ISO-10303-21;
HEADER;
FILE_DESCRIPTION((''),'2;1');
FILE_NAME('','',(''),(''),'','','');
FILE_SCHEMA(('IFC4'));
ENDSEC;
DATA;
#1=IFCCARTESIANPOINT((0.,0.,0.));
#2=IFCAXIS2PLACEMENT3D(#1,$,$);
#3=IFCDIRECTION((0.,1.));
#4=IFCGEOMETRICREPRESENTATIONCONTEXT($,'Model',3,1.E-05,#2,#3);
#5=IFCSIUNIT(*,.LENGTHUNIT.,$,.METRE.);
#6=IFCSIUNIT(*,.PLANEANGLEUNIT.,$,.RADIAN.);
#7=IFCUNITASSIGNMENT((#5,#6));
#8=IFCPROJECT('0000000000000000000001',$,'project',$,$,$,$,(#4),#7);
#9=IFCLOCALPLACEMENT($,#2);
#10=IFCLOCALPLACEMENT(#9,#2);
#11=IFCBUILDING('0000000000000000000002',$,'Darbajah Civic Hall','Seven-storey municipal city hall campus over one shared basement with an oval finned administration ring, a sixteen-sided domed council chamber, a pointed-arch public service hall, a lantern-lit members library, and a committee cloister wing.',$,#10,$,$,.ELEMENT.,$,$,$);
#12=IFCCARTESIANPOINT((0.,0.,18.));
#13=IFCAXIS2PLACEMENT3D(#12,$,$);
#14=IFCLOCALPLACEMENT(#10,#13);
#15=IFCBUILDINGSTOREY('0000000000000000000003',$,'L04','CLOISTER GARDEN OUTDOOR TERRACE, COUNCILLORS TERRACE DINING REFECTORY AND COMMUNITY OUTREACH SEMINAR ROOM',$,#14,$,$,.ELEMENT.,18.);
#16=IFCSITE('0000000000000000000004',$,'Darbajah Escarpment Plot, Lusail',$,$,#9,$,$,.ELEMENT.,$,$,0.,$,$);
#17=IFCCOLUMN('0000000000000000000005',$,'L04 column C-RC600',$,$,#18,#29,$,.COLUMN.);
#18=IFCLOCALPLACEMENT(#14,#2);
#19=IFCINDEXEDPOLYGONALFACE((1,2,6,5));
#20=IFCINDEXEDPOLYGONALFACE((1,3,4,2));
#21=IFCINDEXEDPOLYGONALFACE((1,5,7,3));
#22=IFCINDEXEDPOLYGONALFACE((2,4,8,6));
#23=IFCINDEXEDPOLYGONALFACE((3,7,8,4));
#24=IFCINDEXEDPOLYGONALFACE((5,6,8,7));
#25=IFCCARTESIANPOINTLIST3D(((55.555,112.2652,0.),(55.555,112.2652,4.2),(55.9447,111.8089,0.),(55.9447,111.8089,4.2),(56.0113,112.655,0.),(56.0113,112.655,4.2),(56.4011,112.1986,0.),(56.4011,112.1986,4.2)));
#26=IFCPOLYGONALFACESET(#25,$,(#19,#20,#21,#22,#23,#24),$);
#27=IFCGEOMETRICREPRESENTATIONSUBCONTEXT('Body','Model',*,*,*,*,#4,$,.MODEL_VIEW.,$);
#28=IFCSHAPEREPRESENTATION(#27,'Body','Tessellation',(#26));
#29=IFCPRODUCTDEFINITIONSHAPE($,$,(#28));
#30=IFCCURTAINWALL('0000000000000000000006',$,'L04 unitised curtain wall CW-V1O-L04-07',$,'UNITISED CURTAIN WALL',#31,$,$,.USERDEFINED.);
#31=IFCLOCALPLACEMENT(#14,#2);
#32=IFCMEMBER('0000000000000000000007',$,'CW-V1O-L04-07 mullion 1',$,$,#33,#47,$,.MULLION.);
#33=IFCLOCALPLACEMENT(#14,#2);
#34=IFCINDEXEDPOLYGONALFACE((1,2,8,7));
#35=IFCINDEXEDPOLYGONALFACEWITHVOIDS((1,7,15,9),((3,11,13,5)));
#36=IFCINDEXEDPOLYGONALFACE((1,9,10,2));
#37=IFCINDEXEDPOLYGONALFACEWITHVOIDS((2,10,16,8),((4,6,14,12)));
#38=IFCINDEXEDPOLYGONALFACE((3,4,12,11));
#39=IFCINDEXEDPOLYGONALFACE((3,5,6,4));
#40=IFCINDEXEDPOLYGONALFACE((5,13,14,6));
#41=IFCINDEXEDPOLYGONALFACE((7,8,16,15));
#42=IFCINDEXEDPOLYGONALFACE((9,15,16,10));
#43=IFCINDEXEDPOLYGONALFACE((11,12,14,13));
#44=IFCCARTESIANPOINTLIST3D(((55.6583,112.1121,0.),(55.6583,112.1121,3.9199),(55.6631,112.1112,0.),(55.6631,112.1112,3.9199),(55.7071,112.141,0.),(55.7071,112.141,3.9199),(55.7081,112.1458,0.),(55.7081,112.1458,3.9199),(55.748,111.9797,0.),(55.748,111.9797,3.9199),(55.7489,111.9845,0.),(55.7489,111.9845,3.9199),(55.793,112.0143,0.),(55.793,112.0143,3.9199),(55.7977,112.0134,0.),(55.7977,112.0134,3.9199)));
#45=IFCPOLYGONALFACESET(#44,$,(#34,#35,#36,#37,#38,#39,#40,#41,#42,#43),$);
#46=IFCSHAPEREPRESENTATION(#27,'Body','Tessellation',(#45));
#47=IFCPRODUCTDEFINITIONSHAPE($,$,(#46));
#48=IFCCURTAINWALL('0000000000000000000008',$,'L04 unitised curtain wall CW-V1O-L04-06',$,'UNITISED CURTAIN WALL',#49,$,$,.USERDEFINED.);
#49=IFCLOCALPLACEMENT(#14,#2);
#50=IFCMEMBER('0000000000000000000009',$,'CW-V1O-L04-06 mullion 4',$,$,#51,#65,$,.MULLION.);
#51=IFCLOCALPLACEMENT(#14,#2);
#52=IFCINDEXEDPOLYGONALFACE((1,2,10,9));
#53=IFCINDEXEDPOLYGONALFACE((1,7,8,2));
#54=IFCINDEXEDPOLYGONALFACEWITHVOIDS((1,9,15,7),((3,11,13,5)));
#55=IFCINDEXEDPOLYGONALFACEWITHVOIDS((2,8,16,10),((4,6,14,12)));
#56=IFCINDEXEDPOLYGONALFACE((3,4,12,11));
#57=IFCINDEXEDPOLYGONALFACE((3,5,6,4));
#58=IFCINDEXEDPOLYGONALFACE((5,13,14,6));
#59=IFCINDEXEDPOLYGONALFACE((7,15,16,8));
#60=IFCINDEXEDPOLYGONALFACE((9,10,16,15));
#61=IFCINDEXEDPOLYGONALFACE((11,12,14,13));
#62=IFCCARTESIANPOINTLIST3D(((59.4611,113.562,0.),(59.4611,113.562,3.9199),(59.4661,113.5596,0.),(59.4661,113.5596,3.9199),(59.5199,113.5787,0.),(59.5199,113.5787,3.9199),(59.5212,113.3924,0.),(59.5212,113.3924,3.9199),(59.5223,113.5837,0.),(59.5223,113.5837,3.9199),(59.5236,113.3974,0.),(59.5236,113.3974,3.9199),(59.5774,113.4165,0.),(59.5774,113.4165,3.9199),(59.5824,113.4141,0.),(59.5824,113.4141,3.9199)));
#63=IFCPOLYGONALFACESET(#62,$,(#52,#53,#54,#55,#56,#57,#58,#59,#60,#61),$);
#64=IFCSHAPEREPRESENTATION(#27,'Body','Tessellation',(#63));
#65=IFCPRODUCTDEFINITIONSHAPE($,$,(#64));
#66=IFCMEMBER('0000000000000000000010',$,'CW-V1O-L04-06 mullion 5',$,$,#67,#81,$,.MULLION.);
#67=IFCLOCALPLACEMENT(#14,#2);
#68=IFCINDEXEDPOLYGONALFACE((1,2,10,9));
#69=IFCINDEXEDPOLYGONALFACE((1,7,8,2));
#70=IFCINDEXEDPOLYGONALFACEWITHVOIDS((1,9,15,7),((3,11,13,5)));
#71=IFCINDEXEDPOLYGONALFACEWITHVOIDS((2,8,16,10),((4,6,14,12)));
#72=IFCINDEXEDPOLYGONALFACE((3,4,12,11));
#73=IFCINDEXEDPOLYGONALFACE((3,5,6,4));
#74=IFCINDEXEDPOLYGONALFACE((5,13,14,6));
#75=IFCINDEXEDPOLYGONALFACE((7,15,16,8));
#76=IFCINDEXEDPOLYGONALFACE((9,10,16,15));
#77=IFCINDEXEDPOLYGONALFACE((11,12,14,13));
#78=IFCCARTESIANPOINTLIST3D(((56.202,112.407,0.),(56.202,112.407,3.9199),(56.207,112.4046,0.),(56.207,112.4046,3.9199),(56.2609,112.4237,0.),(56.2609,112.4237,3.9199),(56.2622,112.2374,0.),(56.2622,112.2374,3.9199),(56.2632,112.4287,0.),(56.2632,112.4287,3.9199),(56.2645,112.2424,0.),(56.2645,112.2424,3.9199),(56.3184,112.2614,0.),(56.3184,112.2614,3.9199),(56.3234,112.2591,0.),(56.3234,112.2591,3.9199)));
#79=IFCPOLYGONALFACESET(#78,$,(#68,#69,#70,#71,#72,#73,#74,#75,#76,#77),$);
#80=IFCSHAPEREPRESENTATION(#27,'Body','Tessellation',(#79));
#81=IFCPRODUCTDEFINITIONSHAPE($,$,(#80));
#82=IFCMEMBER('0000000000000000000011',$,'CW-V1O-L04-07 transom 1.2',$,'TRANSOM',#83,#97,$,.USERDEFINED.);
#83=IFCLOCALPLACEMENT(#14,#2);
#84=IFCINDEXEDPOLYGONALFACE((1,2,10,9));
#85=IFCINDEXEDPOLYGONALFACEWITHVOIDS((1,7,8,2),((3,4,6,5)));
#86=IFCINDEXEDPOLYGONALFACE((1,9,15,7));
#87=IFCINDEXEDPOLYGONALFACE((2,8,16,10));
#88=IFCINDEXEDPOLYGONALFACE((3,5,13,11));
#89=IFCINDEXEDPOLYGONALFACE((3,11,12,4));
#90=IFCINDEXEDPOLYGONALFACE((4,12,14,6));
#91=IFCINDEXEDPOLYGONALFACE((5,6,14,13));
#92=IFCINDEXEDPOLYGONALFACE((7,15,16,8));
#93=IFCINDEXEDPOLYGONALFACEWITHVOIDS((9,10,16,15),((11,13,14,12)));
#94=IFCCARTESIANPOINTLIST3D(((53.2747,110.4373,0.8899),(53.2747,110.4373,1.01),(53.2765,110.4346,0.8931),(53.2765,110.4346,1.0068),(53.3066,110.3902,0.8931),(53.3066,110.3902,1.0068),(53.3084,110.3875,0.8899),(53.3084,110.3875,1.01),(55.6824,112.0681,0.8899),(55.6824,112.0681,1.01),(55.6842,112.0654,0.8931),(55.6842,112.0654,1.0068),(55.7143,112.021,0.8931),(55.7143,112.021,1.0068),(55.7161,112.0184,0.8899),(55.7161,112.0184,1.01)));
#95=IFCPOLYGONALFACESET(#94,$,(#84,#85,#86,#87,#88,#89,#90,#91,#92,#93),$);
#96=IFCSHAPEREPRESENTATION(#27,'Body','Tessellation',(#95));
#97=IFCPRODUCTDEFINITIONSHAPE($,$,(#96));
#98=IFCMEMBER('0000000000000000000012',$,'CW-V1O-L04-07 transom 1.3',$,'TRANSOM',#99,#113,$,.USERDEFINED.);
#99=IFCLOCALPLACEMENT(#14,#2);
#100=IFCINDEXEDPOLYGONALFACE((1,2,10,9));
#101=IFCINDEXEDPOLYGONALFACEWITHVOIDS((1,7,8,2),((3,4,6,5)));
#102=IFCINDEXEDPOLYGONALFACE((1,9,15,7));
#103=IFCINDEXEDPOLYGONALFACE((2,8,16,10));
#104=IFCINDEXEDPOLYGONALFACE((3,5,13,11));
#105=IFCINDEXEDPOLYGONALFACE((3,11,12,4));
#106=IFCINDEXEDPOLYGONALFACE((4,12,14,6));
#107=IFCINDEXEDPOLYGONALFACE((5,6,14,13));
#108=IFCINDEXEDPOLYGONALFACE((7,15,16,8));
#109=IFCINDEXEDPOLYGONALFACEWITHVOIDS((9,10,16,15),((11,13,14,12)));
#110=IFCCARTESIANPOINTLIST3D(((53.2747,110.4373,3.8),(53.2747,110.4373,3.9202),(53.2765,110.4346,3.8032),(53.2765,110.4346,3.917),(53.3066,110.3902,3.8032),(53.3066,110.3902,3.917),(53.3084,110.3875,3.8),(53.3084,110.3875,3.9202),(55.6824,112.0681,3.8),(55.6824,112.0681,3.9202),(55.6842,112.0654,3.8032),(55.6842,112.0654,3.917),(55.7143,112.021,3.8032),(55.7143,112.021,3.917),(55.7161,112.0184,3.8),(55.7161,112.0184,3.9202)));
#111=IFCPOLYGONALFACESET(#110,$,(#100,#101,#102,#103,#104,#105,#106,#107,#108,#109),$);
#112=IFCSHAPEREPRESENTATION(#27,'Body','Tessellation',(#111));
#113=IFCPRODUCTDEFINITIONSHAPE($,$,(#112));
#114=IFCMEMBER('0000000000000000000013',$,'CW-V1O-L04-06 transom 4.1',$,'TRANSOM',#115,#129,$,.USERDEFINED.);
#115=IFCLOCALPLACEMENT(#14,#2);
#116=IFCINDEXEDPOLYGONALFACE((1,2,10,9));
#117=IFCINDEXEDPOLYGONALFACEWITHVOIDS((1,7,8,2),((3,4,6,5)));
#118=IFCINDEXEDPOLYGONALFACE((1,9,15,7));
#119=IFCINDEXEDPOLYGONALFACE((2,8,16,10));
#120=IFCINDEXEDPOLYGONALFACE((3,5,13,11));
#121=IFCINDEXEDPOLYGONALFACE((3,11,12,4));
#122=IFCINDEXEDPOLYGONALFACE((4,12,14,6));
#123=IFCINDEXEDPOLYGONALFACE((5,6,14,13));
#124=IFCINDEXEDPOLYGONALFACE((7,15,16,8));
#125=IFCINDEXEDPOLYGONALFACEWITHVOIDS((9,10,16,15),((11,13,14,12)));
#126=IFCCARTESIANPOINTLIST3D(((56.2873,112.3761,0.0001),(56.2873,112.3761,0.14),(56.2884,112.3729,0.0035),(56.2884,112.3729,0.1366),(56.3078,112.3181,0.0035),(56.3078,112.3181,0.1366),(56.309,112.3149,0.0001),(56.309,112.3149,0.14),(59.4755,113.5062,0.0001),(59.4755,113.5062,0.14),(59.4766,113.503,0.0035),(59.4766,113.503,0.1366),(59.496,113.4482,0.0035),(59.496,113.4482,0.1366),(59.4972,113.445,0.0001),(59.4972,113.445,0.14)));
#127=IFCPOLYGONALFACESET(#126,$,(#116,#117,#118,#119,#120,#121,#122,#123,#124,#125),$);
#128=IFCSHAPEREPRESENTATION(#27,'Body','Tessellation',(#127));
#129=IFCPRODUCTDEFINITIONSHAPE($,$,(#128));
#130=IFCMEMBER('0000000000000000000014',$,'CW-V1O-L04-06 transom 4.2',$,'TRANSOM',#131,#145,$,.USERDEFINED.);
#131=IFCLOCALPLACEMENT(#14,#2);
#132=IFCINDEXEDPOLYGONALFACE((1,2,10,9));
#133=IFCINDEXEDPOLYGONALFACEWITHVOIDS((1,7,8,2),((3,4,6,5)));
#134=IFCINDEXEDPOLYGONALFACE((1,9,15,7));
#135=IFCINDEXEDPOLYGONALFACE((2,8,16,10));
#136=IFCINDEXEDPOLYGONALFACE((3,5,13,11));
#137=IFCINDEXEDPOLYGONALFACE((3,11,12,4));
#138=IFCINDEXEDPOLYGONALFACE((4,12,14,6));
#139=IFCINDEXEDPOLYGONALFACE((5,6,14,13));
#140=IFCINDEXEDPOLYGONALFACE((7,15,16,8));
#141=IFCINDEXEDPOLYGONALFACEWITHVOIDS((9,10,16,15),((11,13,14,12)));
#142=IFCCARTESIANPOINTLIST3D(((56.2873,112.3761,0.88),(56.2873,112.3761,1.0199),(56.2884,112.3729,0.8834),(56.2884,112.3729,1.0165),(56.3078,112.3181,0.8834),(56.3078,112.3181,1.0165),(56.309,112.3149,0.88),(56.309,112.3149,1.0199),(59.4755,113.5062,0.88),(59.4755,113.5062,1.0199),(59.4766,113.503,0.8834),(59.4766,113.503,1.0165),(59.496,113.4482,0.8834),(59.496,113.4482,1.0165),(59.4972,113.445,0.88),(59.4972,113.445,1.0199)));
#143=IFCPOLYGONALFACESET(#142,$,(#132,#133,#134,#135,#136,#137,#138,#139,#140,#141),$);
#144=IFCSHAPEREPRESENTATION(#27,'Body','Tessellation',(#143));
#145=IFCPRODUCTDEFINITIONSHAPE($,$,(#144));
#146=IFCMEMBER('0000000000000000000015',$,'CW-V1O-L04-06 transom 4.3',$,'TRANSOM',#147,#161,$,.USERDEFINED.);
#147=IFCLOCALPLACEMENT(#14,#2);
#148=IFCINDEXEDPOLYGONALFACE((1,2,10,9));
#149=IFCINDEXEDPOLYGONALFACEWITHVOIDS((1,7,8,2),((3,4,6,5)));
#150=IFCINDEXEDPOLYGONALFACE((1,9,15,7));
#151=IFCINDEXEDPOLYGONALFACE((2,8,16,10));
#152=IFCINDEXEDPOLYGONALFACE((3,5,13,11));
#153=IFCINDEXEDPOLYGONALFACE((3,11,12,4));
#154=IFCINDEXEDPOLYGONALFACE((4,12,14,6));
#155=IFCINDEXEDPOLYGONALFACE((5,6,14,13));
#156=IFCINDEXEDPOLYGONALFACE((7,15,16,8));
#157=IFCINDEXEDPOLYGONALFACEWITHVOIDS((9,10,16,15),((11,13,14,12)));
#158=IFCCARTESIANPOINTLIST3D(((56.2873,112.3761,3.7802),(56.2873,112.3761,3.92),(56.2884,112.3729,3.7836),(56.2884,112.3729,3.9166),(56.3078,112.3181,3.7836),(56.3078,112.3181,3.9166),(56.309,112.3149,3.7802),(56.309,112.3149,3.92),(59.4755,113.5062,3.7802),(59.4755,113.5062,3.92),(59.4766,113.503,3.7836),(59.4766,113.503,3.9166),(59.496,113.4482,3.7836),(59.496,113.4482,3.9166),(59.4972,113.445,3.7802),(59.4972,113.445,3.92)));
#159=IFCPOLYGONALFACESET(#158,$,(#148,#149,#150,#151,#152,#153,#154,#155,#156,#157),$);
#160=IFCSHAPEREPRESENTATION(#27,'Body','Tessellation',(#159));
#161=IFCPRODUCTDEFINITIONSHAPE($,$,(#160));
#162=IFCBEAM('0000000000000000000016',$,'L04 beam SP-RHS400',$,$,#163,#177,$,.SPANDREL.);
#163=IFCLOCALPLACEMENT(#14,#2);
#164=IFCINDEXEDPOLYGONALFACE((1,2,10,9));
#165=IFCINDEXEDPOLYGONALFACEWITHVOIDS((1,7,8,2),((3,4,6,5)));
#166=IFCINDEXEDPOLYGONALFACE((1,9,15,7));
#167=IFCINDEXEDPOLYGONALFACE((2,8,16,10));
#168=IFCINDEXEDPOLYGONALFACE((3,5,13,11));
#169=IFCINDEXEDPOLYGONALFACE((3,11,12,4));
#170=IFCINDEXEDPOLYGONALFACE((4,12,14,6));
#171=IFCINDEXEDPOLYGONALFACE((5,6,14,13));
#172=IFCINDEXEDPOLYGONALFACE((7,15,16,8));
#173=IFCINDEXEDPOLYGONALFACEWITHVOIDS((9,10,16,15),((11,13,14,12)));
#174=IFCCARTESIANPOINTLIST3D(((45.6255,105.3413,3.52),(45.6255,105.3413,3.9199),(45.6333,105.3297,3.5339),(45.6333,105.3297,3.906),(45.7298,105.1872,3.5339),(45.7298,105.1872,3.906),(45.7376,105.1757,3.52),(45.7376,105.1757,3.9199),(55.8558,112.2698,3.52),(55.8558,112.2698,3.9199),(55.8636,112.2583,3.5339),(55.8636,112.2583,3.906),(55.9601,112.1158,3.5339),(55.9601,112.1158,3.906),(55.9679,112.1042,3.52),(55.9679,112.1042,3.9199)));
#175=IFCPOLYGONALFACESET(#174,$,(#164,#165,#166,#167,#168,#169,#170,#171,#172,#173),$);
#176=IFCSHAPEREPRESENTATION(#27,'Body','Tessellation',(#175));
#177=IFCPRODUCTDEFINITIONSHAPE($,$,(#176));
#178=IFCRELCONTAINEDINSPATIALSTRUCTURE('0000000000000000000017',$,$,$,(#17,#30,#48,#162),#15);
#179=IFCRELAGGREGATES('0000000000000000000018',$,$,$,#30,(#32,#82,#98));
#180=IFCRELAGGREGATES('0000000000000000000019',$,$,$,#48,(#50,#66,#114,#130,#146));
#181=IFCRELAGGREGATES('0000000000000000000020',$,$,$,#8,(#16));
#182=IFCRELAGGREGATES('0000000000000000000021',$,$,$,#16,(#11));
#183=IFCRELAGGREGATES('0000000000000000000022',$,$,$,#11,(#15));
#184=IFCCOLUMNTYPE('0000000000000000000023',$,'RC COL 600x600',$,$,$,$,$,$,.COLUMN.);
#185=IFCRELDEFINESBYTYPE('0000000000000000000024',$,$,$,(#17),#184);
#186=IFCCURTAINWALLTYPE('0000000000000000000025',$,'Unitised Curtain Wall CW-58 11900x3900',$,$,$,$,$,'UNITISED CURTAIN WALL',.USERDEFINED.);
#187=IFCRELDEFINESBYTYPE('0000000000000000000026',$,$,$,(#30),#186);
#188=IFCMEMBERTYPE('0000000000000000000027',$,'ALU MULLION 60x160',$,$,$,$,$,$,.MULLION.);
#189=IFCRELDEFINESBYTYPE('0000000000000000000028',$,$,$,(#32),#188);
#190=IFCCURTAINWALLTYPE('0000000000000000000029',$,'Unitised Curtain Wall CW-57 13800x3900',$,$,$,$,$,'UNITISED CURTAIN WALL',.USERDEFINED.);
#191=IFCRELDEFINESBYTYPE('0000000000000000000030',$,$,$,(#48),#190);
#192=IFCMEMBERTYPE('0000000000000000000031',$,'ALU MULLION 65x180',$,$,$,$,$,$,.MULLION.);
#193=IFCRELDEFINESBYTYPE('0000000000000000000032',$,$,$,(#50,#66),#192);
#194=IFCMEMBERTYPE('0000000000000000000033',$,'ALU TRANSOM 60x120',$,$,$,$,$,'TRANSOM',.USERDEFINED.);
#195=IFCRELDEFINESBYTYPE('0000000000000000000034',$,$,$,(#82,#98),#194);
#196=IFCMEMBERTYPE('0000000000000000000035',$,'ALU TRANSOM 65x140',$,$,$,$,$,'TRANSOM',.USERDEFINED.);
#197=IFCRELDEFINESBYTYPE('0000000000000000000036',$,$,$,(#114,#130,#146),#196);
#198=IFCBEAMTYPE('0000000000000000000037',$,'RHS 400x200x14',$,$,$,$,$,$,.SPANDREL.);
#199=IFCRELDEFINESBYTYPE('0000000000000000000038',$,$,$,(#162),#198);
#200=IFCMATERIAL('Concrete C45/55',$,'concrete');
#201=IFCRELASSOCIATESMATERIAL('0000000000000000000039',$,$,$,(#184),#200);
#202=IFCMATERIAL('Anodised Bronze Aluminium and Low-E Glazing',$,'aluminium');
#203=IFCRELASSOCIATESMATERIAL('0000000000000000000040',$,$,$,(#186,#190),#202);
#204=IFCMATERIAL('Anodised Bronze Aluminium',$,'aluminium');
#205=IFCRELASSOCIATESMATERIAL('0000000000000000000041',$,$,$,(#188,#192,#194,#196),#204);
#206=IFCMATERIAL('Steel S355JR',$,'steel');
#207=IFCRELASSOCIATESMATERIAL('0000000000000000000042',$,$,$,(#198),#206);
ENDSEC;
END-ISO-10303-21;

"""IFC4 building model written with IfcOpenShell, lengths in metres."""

from ifc_helpers import new_model, si_unit, direction, frame, origin, origin_2d, place, context, subcontext, project, spatial, rectangle, hollow_rectangle, extrude, material, material_profile, profile_set, type_object, element, aggregate, save


model = new_model("IFC4")

# Units and contexts
model_context = context("Model", 3, precision=1e-05, world=origin(), true_north=direction((0.0, 1.0)))
body_context = subcontext(model_context, "Body", "Model", "MODEL_VIEW")
ifc_project = project(units=[si_unit("LENGTHUNIT", "METRE"), si_unit("PLANEANGLEUNIT", "RADIAN")], contexts=[model_context])

# Site, building, storey
site_placement = place(None, origin())
site = spatial("IfcSite", under=ifc_project, at=site_placement, Name="Darbajah Escarpment Plot, Lusail", CompositionType="ELEMENT", RefElevation=0.0)
building_placement = place(site_placement, origin())
building = spatial("IfcBuilding", under=site, at=building_placement, Name="Darbajah Civic Hall", Description="Seven-storey municipal city hall campus over one shared basement with an oval finned administration ring, a sixteen-sided domed council chamber, a pointed-arch public service hall, a lantern-lit members library, and a committee cloister wing.", CompositionType="ELEMENT")
storey_placement = place(building_placement, frame((0.0, 0.0, 18.0)))
storey = spatial("IfcBuildingStorey", under=building, at=storey_placement, Name="L04", Description="CLOISTER GARDEN OUTDOOR TERRACE, COUNCILLORS TERRACE DINING REFECTORY AND COMMUNITY OUTREACH SEMINAR ROOM", CompositionType="ELEMENT", Elevation=18.0)

# Column
ifc_material_1 = material(Name="Concrete C45/55", Category="concrete")
ifc_material_profile_1 = material_profile(ifc_material_1, rectangle(XDim=0.6001, YDim=0.6001, at=origin_2d()), Name="RC COL 600x600")
ifc_profile_set_1 = profile_set([ifc_material_profile_1], Name="Concrete C45/55")
column_type = type_object("IfcColumnType", Name="RC COL 600x600", PredefinedType="COLUMN", material=ifc_profile_set_1)
column_placement = place(storey_placement, frame((55.978, 112.2319, 0.0), z_axis=(0.0, 0.0, 1.0), x_axis=(-0.649448, 0.760406, 0.0)))
element("IfcColumn", 1, at=column_placement, inside=storey, type_object=column_type, Name="L04 column C-RC600", PredefinedType="COLUMN", context=body_context, shape_type="SweptSolid", body=[
    extrude(rectangle(XDim=0.6001, YDim=0.6001, at=origin_2d()), origin(), (0.0, 0.0, 1.0), 4.2),
])

# Curtain wall, member
ifc_material_2 = material(Name="Anodised Bronze Aluminium and Low-E Glazing", Category="aluminium")
curtain_wall_type_1 = type_object("IfcCurtainWallType", Name="Unitised Curtain Wall CW-58 11900x3900", ElementType="UNITISED CURTAIN WALL", PredefinedType="USERDEFINED", material=ifc_material_2)
curtain_wall_1_placement = place(storey_placement, origin())
curtain_wall_1 = element("IfcCurtainWall", 2, at=curtain_wall_1_placement, inside=storey, type_object=curtain_wall_type_1, Name="L04 unitised curtain wall CW-V1O-L04-07", ObjectType="UNITISED CURTAIN WALL", PredefinedType="USERDEFINED")
ifc_material_3 = material(Name="Anodised Bronze Aluminium", Category="aluminium")
ifc_material_profile_2 = material_profile(ifc_material_3, hollow_rectangle(XDim=0.0601, YDim=0.1599, WallThickness=0.0034, at=origin_2d()), Name="ALU MULLION 60x160")
ifc_profile_set_2 = profile_set([ifc_material_profile_2], Name="Anodised Bronze Aluminium")
member_type_1 = type_object("IfcMemberType", Name="ALU MULLION 60x160", PredefinedType="MULLION", material=ifc_profile_set_2)
member_1_placement = place(storey_placement, frame((55.728, 112.0627, 0.0), z_axis=(0.0, 0.0, 1.0), x_axis=(-0.827962, -0.560784, 0.0)))
member_1 = element("IfcMember", 3, at=member_1_placement, type_object=member_type_1, Name="CW-V1O-L04-07 mullion 1", PredefinedType="MULLION", context=body_context, shape_type="SweptSolid", body=[
    extrude(hollow_rectangle(XDim=0.0601, YDim=0.1599, WallThickness=0.0034, at=origin_2d()), origin(), (0.0, 0.0, 1.0), 3.9199),
])

# Curtain wall, members
curtain_wall_type_2 = type_object("IfcCurtainWallType", Name="Unitised Curtain Wall CW-57 13800x3900", ElementType="UNITISED CURTAIN WALL", PredefinedType="USERDEFINED", material=ifc_material_2)
curtain_wall_2_placement = place(storey_placement, origin())
curtain_wall_2 = element("IfcCurtainWall", 4, at=curtain_wall_2_placement, inside=storey, type_object=curtain_wall_type_2, Name="L04 unitised curtain wall CW-V1O-L04-06", ObjectType="UNITISED CURTAIN WALL", PredefinedType="USERDEFINED")
ifc_material_profile_3 = material_profile(ifc_material_3, hollow_rectangle(XDim=0.0649, YDim=0.1799, WallThickness=0.0039, at=origin_2d()), Name="ALU MULLION 65x180")
ifc_profile_set_3 = profile_set([ifc_material_profile_3], Name="Anodised Bronze Aluminium")
member_type_2 = type_object("IfcMemberType", Name="ALU MULLION 65x180", PredefinedType="MULLION", material=ifc_profile_set_3)
member_2_placement = place(storey_placement, frame((59.5217, 113.488, 0.0), z_axis=(0.0, 0.0, 1.0), x_axis=(-0.942525, -0.334136, 0.0)))
member_2 = element("IfcMember", 5, at=member_2_placement, type_object=member_type_2, Name="CW-V1O-L04-06 mullion 4", PredefinedType="MULLION", context=body_context, shape_type="SweptSolid", body=[
    extrude(hollow_rectangle(XDim=0.0649, YDim=0.1799, WallThickness=0.0039, at=origin_2d()), origin(), (0.0, 0.0, 1.0), 3.9199),
])
member_3_placement = place(storey_placement, frame((56.2627, 112.333, 0.0), z_axis=(0.0, 0.0, 1.0), x_axis=(-0.942525, -0.334136, 0.0)))
member_3 = element("IfcMember", 6, at=member_3_placement, type_object=member_type_2, Name="CW-V1O-L04-06 mullion 5", PredefinedType="MULLION", context=body_context, shape_type="SweptSolid", body=[
    extrude(hollow_rectangle(XDim=0.0649, YDim=0.1799, WallThickness=0.0039, at=origin_2d()), origin(), (0.0, 0.0, 1.0), 3.9199),
])

# Members
ifc_material_profile_4 = material_profile(ifc_material_3, hollow_rectangle(XDim=0.0601, YDim=0.1201, WallThickness=0.0032, at=origin_2d()), Name="ALU TRANSOM 60x120")
ifc_profile_set_4 = profile_set([ifc_material_profile_4], Name="Anodised Bronze Aluminium")
member_type_3 = type_object("IfcMemberType", Name="ALU TRANSOM 60x120", ElementType="TRANSOM", PredefinedType="USERDEFINED", material=ifc_profile_set_4)
member_4_placement = place(storey_placement, frame((55.6992, 112.0432, 0.95), z_axis=(-0.827946, -0.560807, 0.0), x_axis=(0.560807, -0.827946, 0.0)))
member_4 = element("IfcMember", 7, at=member_4_placement, type_object=member_type_3, Name="CW-V1O-L04-07 transom 1.2", ObjectType="TRANSOM", PredefinedType="USERDEFINED", context=body_context, shape_type="SweptSolid", body=[
    extrude(hollow_rectangle(XDim=0.0601, YDim=0.1201, WallThickness=0.0032, at=origin_2d()), origin(), (0.0, 0.0, 1.0), 2.908),
])
member_5_placement = place(storey_placement, frame((55.6992, 112.0432, 3.8601), z_axis=(-0.827946, -0.560807, 0.0), x_axis=(0.560807, -0.827946, 0.0)))
member_5 = element("IfcMember", 8, at=member_5_placement, type_object=member_type_3, Name="CW-V1O-L04-07 transom 1.3", ObjectType="TRANSOM", PredefinedType="USERDEFINED", context=body_context, shape_type="SweptSolid", body=[
    extrude(hollow_rectangle(XDim=0.0601, YDim=0.1201, WallThickness=0.0032, at=origin_2d()), origin(), (0.0, 0.0, 1.0), 2.908),
])
aggregate(curtain_wall_1, [member_1, member_4, member_5])
ifc_material_profile_5 = material_profile(ifc_material_3, hollow_rectangle(XDim=0.0649, YDim=0.1399, WallThickness=0.0034, at=origin_2d()), Name="ALU TRANSOM 65x140")
ifc_profile_set_5 = profile_set([ifc_material_profile_5], Name="Anodised Bronze Aluminium")
member_type_4 = type_object("IfcMemberType", Name="ALU TRANSOM 65x140", ElementType="TRANSOM", PredefinedType="USERDEFINED", material=ifc_profile_set_5)
member_6_placement = place(storey_placement, frame((59.4863, 113.4756, 0.0701), z_axis=(-0.942538, -0.3341, 0.0), x_axis=(0.3341, -0.942538, 0.0)))
member_6 = element("IfcMember", 9, at=member_6_placement, type_object=member_type_4, Name="CW-V1O-L04-06 transom 4.1", ObjectType="TRANSOM", PredefinedType="USERDEFINED", context=body_context, shape_type="SweptSolid", body=[
    extrude(hollow_rectangle(XDim=0.0649, YDim=0.1399, WallThickness=0.0034, at=origin_2d()), origin(), (0.0, 0.0, 1.0), 3.3826),
])
member_7_placement = place(storey_placement, frame((59.4863, 113.4756, 0.95), z_axis=(-0.942538, -0.3341, 0.0), x_axis=(0.3341, -0.942538, 0.0)))
member_7 = element("IfcMember", 10, at=member_7_placement, type_object=member_type_4, Name="CW-V1O-L04-06 transom 4.2", ObjectType="TRANSOM", PredefinedType="USERDEFINED", context=body_context, shape_type="SweptSolid", body=[
    extrude(hollow_rectangle(XDim=0.0649, YDim=0.1399, WallThickness=0.0034, at=origin_2d()), origin(), (0.0, 0.0, 1.0), 3.3826),
])
member_8_placement = place(storey_placement, frame((59.4863, 113.4756, 3.8501), z_axis=(-0.942538, -0.3341, 0.0), x_axis=(0.3341, -0.942538, 0.0)))
member_8 = element("IfcMember", 11, at=member_8_placement, type_object=member_type_4, Name="CW-V1O-L04-06 transom 4.3", ObjectType="TRANSOM", PredefinedType="USERDEFINED", context=body_context, shape_type="SweptSolid", body=[
    extrude(hollow_rectangle(XDim=0.0649, YDim=0.1399, WallThickness=0.0034, at=origin_2d()), origin(), (0.0, 0.0, 1.0), 3.3826),
])

# Beam
ifc_material_4 = material(Name="Steel S355JR", Category="steel")
ifc_material_profile_6 = material_profile(ifc_material_4, hollow_rectangle(XDim=0.2, YDim=0.3999, WallThickness=0.0139, at=origin_2d()), Name="RHS 400x200x14")
ifc_profile_set_6 = profile_set([ifc_material_profile_6], Name="Steel S355JR")
beam_type = type_object("IfcBeamType", Name="RHS 400x200x14", PredefinedType="SPANDREL", material=ifc_profile_set_6)
beam_placement = place(storey_placement, frame((55.9119, 112.187, 3.72), z_axis=(-0.827982, -0.560755, 0.0), x_axis=(0.560755, -0.827982, 0.0)))
element("IfcBeam", 12, at=beam_placement, inside=storey, type_object=beam_type, Name="L04 beam SP-RHS400", PredefinedType="SPANDREL", context=body_context, shape_type="SweptSolid", body=[
    extrude(hollow_rectangle(XDim=0.2, YDim=0.3999, WallThickness=0.0139, at=origin_2d()), origin(), (0.0, 0.0, 1.0), 12.3557),
])

aggregate(curtain_wall_2, [member_2, member_3, member_6, member_7, member_8])

save(model, "model.ifc")
